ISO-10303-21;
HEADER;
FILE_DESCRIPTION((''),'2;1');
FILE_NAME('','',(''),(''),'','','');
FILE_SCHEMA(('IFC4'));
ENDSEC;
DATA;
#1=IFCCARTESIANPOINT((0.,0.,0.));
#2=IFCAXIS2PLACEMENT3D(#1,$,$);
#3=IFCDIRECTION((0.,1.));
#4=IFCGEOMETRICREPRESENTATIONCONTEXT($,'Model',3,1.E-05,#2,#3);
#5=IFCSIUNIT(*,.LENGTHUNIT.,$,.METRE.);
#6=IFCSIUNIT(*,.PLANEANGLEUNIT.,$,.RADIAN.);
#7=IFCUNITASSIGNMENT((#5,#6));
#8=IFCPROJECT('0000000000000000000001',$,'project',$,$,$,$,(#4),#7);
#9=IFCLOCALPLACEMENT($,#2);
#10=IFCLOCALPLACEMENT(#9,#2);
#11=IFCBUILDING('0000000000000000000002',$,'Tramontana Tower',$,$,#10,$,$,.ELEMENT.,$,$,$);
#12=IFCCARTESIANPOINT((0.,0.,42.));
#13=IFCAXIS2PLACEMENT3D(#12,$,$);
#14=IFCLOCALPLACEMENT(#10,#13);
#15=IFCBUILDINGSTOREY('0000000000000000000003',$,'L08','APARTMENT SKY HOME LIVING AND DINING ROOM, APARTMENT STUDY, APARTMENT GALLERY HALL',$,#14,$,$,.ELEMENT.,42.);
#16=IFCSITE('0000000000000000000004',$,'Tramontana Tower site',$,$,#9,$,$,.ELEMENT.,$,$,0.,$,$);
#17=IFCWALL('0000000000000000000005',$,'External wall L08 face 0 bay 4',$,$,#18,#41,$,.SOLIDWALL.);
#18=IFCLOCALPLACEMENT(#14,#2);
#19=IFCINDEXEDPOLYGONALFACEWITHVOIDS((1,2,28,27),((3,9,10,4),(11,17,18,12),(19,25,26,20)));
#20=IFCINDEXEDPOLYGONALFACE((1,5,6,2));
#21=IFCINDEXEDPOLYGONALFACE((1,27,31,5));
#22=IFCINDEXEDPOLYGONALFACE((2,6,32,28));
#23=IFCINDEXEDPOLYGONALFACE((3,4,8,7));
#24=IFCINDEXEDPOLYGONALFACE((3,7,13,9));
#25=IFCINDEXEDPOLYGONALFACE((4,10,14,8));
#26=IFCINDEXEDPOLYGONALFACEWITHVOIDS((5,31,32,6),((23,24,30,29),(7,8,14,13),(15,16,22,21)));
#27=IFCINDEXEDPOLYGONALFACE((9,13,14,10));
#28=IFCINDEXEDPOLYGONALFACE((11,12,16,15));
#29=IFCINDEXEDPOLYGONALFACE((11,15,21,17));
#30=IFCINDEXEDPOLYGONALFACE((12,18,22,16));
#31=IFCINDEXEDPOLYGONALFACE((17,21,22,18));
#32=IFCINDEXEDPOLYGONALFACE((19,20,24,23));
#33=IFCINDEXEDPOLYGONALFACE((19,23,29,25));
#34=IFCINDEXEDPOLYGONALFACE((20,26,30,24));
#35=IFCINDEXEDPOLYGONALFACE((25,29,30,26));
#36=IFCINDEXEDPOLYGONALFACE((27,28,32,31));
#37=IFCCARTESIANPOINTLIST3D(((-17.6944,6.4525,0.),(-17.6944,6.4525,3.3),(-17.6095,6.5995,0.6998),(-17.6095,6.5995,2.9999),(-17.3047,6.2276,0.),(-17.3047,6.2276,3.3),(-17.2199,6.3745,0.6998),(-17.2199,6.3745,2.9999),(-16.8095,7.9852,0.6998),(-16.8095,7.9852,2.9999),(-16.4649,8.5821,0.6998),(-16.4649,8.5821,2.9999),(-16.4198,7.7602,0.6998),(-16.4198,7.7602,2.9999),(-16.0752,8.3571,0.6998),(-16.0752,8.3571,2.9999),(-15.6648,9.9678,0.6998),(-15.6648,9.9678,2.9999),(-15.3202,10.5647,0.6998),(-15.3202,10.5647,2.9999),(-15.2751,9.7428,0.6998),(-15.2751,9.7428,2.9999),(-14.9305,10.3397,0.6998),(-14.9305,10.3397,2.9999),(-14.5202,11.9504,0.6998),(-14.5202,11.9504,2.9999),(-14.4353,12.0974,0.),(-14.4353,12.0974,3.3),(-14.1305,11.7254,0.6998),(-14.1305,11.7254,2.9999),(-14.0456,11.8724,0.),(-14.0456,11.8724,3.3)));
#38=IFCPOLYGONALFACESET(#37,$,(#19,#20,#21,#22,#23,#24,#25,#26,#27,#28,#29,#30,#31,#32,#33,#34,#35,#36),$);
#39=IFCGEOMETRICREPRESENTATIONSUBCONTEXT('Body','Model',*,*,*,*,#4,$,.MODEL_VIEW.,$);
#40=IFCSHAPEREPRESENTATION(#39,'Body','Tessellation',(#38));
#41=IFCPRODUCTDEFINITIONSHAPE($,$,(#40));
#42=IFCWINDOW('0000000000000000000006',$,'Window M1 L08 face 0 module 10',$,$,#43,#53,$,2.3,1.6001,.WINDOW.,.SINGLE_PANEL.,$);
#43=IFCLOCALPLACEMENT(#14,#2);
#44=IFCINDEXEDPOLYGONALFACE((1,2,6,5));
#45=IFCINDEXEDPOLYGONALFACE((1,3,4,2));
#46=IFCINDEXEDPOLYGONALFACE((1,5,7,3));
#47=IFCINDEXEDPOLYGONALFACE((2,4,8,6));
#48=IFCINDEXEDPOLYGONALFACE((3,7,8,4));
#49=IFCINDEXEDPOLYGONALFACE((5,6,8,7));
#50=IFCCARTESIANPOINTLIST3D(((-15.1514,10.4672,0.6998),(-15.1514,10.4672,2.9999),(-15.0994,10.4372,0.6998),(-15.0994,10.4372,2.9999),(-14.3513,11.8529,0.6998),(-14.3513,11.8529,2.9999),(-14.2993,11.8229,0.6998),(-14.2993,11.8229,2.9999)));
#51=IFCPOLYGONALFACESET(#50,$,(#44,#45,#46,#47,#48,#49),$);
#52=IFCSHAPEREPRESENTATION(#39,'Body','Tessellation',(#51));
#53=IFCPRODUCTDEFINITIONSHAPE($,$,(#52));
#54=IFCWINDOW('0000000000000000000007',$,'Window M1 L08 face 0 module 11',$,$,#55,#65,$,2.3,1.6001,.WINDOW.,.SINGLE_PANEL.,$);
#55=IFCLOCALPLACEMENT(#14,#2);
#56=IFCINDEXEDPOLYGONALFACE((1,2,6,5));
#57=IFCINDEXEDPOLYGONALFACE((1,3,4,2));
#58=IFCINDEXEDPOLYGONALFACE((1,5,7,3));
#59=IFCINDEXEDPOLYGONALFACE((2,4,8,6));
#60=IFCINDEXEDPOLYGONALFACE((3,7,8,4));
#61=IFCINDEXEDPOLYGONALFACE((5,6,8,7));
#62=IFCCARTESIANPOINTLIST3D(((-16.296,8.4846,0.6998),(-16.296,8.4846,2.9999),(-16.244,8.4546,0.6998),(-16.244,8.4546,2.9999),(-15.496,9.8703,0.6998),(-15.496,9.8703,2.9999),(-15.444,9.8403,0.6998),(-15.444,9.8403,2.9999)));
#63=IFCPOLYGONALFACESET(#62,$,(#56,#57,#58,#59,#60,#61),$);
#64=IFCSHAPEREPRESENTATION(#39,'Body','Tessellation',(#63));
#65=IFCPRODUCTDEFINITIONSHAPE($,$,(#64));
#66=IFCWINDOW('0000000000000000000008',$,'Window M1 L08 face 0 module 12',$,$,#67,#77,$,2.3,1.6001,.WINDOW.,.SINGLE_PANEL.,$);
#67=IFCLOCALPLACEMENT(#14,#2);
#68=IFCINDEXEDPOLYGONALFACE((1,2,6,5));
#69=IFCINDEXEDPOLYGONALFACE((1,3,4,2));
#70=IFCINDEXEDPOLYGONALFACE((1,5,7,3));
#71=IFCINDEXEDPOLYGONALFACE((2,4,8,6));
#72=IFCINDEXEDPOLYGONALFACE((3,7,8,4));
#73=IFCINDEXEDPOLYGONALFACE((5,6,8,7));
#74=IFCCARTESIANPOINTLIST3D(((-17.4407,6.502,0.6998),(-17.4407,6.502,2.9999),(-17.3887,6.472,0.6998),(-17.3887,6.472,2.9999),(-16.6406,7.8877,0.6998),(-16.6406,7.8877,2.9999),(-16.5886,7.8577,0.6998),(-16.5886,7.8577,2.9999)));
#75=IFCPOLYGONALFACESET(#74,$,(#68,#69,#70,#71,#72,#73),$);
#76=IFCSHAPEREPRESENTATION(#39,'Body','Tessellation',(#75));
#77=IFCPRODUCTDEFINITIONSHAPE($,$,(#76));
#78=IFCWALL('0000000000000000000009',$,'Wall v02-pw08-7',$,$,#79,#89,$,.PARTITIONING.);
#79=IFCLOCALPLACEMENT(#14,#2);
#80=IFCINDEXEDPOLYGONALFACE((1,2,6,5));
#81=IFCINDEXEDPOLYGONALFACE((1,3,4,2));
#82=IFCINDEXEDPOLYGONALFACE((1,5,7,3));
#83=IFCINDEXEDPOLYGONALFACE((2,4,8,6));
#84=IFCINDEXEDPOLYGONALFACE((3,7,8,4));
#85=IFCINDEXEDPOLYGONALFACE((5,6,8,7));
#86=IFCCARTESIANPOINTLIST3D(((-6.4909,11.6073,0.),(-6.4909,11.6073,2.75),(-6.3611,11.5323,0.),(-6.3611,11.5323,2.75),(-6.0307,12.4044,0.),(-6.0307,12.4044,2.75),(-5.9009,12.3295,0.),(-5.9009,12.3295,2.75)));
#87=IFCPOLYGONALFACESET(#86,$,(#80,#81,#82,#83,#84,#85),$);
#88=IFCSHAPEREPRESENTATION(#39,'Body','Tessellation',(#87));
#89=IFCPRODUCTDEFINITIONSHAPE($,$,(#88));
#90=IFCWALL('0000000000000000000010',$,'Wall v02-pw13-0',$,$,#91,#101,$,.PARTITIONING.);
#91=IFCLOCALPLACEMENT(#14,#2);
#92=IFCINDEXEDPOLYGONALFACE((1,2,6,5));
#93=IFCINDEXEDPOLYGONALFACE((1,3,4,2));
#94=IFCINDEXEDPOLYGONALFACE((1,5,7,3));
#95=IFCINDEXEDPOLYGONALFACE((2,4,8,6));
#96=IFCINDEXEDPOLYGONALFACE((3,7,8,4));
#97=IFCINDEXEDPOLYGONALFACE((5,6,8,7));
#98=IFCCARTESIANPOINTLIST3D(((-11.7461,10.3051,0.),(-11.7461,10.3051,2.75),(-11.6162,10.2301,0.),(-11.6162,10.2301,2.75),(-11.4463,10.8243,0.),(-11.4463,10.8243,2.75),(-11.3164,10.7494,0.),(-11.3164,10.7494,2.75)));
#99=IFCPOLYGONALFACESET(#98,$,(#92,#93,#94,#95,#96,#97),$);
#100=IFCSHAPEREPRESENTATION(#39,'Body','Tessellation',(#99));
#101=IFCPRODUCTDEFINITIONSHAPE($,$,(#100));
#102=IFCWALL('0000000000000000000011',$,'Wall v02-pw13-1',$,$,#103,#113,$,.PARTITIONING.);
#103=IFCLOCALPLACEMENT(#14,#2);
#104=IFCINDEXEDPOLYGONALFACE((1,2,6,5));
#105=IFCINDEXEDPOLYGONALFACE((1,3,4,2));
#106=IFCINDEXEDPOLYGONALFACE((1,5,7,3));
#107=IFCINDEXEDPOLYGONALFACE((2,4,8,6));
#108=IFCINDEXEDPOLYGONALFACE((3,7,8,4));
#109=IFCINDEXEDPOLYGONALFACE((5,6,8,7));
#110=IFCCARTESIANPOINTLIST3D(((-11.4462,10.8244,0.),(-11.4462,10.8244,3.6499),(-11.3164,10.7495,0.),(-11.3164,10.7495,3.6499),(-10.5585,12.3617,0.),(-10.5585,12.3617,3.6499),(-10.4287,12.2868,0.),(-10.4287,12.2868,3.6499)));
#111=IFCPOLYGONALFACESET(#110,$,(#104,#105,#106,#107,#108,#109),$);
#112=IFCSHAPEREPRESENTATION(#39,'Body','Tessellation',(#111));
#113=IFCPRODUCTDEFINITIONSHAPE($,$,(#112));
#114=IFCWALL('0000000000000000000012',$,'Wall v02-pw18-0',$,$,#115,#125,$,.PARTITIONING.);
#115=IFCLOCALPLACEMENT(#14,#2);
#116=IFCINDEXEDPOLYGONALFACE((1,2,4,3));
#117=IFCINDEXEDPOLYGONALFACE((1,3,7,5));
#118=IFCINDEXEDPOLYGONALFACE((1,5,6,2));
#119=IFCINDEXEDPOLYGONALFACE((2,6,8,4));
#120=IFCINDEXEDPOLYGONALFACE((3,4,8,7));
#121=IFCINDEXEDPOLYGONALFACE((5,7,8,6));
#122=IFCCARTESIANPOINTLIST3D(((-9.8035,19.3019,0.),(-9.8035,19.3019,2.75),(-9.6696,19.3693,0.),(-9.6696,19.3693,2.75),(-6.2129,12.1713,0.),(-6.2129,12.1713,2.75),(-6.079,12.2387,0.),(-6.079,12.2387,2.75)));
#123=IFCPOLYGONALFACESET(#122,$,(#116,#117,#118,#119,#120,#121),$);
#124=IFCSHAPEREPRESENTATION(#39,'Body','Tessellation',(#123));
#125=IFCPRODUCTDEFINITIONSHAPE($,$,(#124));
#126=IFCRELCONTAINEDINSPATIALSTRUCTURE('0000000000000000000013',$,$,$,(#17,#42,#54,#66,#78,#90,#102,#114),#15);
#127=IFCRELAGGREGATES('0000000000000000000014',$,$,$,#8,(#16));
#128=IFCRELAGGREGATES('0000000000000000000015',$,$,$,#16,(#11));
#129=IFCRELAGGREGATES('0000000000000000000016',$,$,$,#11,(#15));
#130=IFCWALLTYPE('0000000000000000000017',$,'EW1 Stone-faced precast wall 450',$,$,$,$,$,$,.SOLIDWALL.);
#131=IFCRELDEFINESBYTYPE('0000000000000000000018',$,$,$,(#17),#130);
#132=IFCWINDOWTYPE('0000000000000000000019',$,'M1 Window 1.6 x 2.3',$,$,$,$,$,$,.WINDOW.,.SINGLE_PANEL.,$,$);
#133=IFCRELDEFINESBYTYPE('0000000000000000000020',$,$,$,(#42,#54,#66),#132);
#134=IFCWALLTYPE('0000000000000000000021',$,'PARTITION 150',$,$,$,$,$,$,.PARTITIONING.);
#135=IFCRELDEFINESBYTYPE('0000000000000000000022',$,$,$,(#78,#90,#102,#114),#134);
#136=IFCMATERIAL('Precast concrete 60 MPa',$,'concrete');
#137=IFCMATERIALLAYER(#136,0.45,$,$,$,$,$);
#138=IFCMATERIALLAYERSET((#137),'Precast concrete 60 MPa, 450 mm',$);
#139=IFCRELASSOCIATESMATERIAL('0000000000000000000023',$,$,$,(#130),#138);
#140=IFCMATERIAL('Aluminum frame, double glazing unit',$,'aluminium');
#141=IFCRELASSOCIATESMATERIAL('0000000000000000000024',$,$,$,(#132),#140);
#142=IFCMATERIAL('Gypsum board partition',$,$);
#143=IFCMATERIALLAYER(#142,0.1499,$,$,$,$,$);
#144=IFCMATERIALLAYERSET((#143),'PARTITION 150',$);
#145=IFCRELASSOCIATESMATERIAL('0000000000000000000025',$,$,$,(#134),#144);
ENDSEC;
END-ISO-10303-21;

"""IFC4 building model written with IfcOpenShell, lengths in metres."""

from ifc_helpers import new_model, si_unit, direction, frame, frame_2d, origin, place, context, subcontext, project, spatial, rectangle, extrude, material, layer, layer_set, type_object, element, fill, save


model = new_model("IFC4")

# Units and contexts
model_context = context("Model", 3, precision=1e-05, world=origin(), true_north=direction((0.0, 1.0)))
body_context = subcontext(model_context, "Body", "Model", "MODEL_VIEW")
ifc_project = project(units=[si_unit("LENGTHUNIT", "METRE"), si_unit("PLANEANGLEUNIT", "RADIAN")], contexts=[model_context])

# Site, building, storey
site_placement = place(None, origin())
site = spatial("IfcSite", under=ifc_project, at=site_placement, Name="Tramontana Tower site", CompositionType="ELEMENT", RefElevation=0.0)
building_placement = place(site_placement, origin())
building = spatial("IfcBuilding", under=site, at=building_placement, Name="Tramontana Tower", CompositionType="ELEMENT")
storey_placement = place(building_placement, frame((0.0, 0.0, 42.0)))
storey = spatial("IfcBuildingStorey", under=building, at=storey_placement, Name="L08", Description="APARTMENT SKY HOME LIVING AND DINING ROOM, APARTMENT STUDY, APARTMENT GALLERY HALL", CompositionType="ELEMENT", Elevation=42.0)

# Wall, openings, windows
ifc_material_1 = material(Name="Precast concrete 60 MPa", Category="concrete")
ifc_layer_1 = layer(ifc_material_1, 0.45)
ifc_layer_set_1 = layer_set([ifc_layer_1], Name="Precast concrete 60 MPa, 450 mm")
wall_type_1 = type_object("IfcWallType", Name="EW1 Stone-faced precast wall 450", PredefinedType="SOLIDWALL", material=ifc_layer_set_1)
ifc_material_2 = material(Name="Aluminum frame, double glazing unit", Category="aluminium")
window_type = type_object("IfcWindowType", Name="M1 Window 1.6 x 2.3", PartitioningType="SINGLE_PANEL", PredefinedType="WINDOW", material=ifc_material_2)
wall_1_placement = place(storey_placement, frame((-14.2405, 11.9849, 0.0), z_axis=(0.0, 0.0, 1.0), x_axis=(-0.500002, -0.866024, 0.0)))
wall_1 = element("IfcWall", 1, at=wall_1_placement, inside=storey, type_object=wall_type_1, Name="External wall L08 face 0 bay 4", PredefinedType="SOLIDWALL", context=body_context, shape_type="SweptSolid", body=[
    extrude(rectangle(XDim=6.5181, YDim=0.45, at=frame_2d((3.259, 0.0))), origin(), (0.0, 0.0, 1.0), 3.3),
])
opening_1_placement = place(wall_1_placement, frame((0.1697, 0.0, 0.7)))
opening_1 = element("IfcOpeningElement", 2, at=opening_1_placement, cuts=wall_1, PredefinedType="OPENING", context=body_context, shape_type="SweptSolid", body=[
    extrude(rectangle(XDim=1.6001, YDim=2.3, at=frame_2d((0.8, 1.1499))), frame((0.0, 0.2349, 0.0), z_axis=(0.0, -1.0, 0.0), x_axis=(1.0, 0.0, 0.0)), (0.0, 0.0, 1.0), 0.47),
])
opening_2_placement = place(wall_1_placement, frame((2.459, 0.0, 0.7)))
opening_2 = element("IfcOpeningElement", 3, at=opening_2_placement, cuts=wall_1, PredefinedType="OPENING", context=body_context, shape_type="SweptSolid", body=[
    extrude(rectangle(XDim=1.6001, YDim=2.3, at=frame_2d((0.8, 1.1499))), frame((0.0, 0.2349, 0.0), z_axis=(0.0, -1.0, 0.0), x_axis=(1.0, 0.0, 0.0)), (0.0, 0.0, 1.0), 0.47),
])
opening_3_placement = place(wall_1_placement, frame((4.7483, 0.0, 0.7)))
opening_3 = element("IfcOpeningElement", 4, at=opening_3_placement, cuts=wall_1, PredefinedType="OPENING", context=body_context, shape_type="SweptSolid", body=[
    extrude(rectangle(XDim=1.6001, YDim=2.3, at=frame_2d((0.8, 1.1499))), frame((0.0, 0.2349, 0.0), z_axis=(0.0, -1.0, 0.0), x_axis=(1.0, 0.0, 0.0)), (0.0, 0.0, 1.0), 0.47),
])
window_1_placement = place(opening_1_placement, origin())
window_1 = element("IfcWindow", 5, at=window_1_placement, inside=storey, type_object=window_type, Name="Window M1 L08 face 0 module 10", OverallHeight=2.3, OverallWidth=1.6001, PartitioningType="SINGLE_PANEL", PredefinedType="WINDOW", context=body_context, shape_type="SweptSolid", body=[
    extrude(rectangle(XDim=1.6001, YDim=2.3, at=frame_2d((0.8, 1.1499))), frame((0.0, 0.03, 0.0), z_axis=(0.0, -1.0, 0.0), x_axis=(1.0, 0.0, 0.0)), (0.0, 0.0, 1.0), 0.0601),
])
fill(opening_1, window_1)
window_2_placement = place(opening_2_placement, origin())
window_2 = element("IfcWindow", 6, at=window_2_placement, inside=storey, type_object=window_type, Name="Window M1 L08 face 0 module 11", OverallHeight=2.3, OverallWidth=1.6001, PartitioningType="SINGLE_PANEL", PredefinedType="WINDOW", context=body_context, shape_type="SweptSolid", body=[
    extrude(rectangle(XDim=1.6001, YDim=2.3, at=frame_2d((0.8, 1.1499))), frame((0.0, 0.03, 0.0), z_axis=(0.0, -1.0, 0.0), x_axis=(1.0, 0.0, 0.0)), (0.0, 0.0, 1.0), 0.0601),
])
fill(opening_2, window_2)
window_3_placement = place(opening_3_placement, origin())
window_3 = element("IfcWindow", 7, at=window_3_placement, inside=storey, type_object=window_type, Name="Window M1 L08 face 0 module 12", OverallHeight=2.3, OverallWidth=1.6001, PartitioningType="SINGLE_PANEL", PredefinedType="WINDOW", context=body_context, shape_type="SweptSolid", body=[
    extrude(rectangle(XDim=1.6001, YDim=2.3, at=frame_2d((0.8, 1.1499))), frame((0.0, 0.03, 0.0), z_axis=(0.0, -1.0, 0.0), x_axis=(1.0, 0.0, 0.0)), (0.0, 0.0, 1.0), 0.0601),
])
fill(opening_3, window_3)

# Wall
ifc_material_3 = material(Name="Gypsum board partition")
ifc_layer_2 = layer(ifc_material_3, 0.1499)
ifc_layer_set_2 = layer_set([ifc_layer_2], Name="PARTITION 150")
wall_type_2 = type_object("IfcWallType", Name="PARTITION 150", PredefinedType="PARTITIONING", material=ifc_layer_set_2)
wall_2_placement = place(storey_placement, frame((-6.426, 11.5698, 0.0), z_axis=(0.0, 0.0, 1.0), x_axis=(0.49999, 0.866031, 0.0)))
element("IfcWall", 8, at=wall_2_placement, inside=storey, type_object=wall_type_2, Name="Wall v02-pw08-7", PredefinedType="PARTITIONING", context=body_context, shape_type="SweptSolid", body=[
    extrude(rectangle(XDim=0.9204, YDim=0.1499, at=frame_2d((0.4602, 0.0))), origin(), (0.0, 0.0, 1.0), 2.75),
])

# Walls
wall_3_placement = place(storey_placement, frame((-11.6812, 10.2676, 0.0), z_axis=(0.0, 0.0, 1.0), x_axis=(0.499993, 0.86603, 0.0)))
element("IfcWall", 9, at=wall_3_placement, inside=storey, type_object=wall_type_2, Name="Wall v02-pw13-0", PredefinedType="PARTITIONING", context=body_context, shape_type="SweptSolid", body=[
    extrude(rectangle(XDim=0.5996, YDim=0.1499, at=frame_2d((0.2998, 0.0))), origin(), (0.0, 0.0, 1.0), 2.75),
])
wall_4_placement = place(storey_placement, frame((-11.3813, 10.7869, 0.0), z_axis=(0.0, 0.0, 1.0), x_axis=(0.500044, 0.866, 0.0)))
element("IfcWall", 10, at=wall_4_placement, inside=storey, type_object=wall_type_2, Name="Wall v02-pw13-1", PredefinedType="PARTITIONING", context=body_context, shape_type="SweptSolid", body=[
    extrude(rectangle(XDim=1.7751, YDim=0.1499, at=frame_2d((0.8877, 0.0))), origin(), (0.0, 0.0, 1.0), 3.6499),
])

# Wall
wall_5_placement = place(storey_placement, frame((-6.146, 12.2051, 0.0), z_axis=(0.0, 0.0, 1.0), x_axis=(-0.449744, 0.893158, 0.0)))
element("IfcWall", 11, at=wall_5_placement, inside=storey, type_object=wall_type_2, Name="Wall v02-pw18-0", PredefinedType="PARTITIONING", context=body_context, shape_type="SweptSolid", body=[
    extrude(rectangle(XDim=7.9836, YDim=0.1499, at=frame_2d((3.9917, 0.0))), origin(), (0.0, 0.0, 1.0), 2.75),
])

save(model, "model.ifc")
